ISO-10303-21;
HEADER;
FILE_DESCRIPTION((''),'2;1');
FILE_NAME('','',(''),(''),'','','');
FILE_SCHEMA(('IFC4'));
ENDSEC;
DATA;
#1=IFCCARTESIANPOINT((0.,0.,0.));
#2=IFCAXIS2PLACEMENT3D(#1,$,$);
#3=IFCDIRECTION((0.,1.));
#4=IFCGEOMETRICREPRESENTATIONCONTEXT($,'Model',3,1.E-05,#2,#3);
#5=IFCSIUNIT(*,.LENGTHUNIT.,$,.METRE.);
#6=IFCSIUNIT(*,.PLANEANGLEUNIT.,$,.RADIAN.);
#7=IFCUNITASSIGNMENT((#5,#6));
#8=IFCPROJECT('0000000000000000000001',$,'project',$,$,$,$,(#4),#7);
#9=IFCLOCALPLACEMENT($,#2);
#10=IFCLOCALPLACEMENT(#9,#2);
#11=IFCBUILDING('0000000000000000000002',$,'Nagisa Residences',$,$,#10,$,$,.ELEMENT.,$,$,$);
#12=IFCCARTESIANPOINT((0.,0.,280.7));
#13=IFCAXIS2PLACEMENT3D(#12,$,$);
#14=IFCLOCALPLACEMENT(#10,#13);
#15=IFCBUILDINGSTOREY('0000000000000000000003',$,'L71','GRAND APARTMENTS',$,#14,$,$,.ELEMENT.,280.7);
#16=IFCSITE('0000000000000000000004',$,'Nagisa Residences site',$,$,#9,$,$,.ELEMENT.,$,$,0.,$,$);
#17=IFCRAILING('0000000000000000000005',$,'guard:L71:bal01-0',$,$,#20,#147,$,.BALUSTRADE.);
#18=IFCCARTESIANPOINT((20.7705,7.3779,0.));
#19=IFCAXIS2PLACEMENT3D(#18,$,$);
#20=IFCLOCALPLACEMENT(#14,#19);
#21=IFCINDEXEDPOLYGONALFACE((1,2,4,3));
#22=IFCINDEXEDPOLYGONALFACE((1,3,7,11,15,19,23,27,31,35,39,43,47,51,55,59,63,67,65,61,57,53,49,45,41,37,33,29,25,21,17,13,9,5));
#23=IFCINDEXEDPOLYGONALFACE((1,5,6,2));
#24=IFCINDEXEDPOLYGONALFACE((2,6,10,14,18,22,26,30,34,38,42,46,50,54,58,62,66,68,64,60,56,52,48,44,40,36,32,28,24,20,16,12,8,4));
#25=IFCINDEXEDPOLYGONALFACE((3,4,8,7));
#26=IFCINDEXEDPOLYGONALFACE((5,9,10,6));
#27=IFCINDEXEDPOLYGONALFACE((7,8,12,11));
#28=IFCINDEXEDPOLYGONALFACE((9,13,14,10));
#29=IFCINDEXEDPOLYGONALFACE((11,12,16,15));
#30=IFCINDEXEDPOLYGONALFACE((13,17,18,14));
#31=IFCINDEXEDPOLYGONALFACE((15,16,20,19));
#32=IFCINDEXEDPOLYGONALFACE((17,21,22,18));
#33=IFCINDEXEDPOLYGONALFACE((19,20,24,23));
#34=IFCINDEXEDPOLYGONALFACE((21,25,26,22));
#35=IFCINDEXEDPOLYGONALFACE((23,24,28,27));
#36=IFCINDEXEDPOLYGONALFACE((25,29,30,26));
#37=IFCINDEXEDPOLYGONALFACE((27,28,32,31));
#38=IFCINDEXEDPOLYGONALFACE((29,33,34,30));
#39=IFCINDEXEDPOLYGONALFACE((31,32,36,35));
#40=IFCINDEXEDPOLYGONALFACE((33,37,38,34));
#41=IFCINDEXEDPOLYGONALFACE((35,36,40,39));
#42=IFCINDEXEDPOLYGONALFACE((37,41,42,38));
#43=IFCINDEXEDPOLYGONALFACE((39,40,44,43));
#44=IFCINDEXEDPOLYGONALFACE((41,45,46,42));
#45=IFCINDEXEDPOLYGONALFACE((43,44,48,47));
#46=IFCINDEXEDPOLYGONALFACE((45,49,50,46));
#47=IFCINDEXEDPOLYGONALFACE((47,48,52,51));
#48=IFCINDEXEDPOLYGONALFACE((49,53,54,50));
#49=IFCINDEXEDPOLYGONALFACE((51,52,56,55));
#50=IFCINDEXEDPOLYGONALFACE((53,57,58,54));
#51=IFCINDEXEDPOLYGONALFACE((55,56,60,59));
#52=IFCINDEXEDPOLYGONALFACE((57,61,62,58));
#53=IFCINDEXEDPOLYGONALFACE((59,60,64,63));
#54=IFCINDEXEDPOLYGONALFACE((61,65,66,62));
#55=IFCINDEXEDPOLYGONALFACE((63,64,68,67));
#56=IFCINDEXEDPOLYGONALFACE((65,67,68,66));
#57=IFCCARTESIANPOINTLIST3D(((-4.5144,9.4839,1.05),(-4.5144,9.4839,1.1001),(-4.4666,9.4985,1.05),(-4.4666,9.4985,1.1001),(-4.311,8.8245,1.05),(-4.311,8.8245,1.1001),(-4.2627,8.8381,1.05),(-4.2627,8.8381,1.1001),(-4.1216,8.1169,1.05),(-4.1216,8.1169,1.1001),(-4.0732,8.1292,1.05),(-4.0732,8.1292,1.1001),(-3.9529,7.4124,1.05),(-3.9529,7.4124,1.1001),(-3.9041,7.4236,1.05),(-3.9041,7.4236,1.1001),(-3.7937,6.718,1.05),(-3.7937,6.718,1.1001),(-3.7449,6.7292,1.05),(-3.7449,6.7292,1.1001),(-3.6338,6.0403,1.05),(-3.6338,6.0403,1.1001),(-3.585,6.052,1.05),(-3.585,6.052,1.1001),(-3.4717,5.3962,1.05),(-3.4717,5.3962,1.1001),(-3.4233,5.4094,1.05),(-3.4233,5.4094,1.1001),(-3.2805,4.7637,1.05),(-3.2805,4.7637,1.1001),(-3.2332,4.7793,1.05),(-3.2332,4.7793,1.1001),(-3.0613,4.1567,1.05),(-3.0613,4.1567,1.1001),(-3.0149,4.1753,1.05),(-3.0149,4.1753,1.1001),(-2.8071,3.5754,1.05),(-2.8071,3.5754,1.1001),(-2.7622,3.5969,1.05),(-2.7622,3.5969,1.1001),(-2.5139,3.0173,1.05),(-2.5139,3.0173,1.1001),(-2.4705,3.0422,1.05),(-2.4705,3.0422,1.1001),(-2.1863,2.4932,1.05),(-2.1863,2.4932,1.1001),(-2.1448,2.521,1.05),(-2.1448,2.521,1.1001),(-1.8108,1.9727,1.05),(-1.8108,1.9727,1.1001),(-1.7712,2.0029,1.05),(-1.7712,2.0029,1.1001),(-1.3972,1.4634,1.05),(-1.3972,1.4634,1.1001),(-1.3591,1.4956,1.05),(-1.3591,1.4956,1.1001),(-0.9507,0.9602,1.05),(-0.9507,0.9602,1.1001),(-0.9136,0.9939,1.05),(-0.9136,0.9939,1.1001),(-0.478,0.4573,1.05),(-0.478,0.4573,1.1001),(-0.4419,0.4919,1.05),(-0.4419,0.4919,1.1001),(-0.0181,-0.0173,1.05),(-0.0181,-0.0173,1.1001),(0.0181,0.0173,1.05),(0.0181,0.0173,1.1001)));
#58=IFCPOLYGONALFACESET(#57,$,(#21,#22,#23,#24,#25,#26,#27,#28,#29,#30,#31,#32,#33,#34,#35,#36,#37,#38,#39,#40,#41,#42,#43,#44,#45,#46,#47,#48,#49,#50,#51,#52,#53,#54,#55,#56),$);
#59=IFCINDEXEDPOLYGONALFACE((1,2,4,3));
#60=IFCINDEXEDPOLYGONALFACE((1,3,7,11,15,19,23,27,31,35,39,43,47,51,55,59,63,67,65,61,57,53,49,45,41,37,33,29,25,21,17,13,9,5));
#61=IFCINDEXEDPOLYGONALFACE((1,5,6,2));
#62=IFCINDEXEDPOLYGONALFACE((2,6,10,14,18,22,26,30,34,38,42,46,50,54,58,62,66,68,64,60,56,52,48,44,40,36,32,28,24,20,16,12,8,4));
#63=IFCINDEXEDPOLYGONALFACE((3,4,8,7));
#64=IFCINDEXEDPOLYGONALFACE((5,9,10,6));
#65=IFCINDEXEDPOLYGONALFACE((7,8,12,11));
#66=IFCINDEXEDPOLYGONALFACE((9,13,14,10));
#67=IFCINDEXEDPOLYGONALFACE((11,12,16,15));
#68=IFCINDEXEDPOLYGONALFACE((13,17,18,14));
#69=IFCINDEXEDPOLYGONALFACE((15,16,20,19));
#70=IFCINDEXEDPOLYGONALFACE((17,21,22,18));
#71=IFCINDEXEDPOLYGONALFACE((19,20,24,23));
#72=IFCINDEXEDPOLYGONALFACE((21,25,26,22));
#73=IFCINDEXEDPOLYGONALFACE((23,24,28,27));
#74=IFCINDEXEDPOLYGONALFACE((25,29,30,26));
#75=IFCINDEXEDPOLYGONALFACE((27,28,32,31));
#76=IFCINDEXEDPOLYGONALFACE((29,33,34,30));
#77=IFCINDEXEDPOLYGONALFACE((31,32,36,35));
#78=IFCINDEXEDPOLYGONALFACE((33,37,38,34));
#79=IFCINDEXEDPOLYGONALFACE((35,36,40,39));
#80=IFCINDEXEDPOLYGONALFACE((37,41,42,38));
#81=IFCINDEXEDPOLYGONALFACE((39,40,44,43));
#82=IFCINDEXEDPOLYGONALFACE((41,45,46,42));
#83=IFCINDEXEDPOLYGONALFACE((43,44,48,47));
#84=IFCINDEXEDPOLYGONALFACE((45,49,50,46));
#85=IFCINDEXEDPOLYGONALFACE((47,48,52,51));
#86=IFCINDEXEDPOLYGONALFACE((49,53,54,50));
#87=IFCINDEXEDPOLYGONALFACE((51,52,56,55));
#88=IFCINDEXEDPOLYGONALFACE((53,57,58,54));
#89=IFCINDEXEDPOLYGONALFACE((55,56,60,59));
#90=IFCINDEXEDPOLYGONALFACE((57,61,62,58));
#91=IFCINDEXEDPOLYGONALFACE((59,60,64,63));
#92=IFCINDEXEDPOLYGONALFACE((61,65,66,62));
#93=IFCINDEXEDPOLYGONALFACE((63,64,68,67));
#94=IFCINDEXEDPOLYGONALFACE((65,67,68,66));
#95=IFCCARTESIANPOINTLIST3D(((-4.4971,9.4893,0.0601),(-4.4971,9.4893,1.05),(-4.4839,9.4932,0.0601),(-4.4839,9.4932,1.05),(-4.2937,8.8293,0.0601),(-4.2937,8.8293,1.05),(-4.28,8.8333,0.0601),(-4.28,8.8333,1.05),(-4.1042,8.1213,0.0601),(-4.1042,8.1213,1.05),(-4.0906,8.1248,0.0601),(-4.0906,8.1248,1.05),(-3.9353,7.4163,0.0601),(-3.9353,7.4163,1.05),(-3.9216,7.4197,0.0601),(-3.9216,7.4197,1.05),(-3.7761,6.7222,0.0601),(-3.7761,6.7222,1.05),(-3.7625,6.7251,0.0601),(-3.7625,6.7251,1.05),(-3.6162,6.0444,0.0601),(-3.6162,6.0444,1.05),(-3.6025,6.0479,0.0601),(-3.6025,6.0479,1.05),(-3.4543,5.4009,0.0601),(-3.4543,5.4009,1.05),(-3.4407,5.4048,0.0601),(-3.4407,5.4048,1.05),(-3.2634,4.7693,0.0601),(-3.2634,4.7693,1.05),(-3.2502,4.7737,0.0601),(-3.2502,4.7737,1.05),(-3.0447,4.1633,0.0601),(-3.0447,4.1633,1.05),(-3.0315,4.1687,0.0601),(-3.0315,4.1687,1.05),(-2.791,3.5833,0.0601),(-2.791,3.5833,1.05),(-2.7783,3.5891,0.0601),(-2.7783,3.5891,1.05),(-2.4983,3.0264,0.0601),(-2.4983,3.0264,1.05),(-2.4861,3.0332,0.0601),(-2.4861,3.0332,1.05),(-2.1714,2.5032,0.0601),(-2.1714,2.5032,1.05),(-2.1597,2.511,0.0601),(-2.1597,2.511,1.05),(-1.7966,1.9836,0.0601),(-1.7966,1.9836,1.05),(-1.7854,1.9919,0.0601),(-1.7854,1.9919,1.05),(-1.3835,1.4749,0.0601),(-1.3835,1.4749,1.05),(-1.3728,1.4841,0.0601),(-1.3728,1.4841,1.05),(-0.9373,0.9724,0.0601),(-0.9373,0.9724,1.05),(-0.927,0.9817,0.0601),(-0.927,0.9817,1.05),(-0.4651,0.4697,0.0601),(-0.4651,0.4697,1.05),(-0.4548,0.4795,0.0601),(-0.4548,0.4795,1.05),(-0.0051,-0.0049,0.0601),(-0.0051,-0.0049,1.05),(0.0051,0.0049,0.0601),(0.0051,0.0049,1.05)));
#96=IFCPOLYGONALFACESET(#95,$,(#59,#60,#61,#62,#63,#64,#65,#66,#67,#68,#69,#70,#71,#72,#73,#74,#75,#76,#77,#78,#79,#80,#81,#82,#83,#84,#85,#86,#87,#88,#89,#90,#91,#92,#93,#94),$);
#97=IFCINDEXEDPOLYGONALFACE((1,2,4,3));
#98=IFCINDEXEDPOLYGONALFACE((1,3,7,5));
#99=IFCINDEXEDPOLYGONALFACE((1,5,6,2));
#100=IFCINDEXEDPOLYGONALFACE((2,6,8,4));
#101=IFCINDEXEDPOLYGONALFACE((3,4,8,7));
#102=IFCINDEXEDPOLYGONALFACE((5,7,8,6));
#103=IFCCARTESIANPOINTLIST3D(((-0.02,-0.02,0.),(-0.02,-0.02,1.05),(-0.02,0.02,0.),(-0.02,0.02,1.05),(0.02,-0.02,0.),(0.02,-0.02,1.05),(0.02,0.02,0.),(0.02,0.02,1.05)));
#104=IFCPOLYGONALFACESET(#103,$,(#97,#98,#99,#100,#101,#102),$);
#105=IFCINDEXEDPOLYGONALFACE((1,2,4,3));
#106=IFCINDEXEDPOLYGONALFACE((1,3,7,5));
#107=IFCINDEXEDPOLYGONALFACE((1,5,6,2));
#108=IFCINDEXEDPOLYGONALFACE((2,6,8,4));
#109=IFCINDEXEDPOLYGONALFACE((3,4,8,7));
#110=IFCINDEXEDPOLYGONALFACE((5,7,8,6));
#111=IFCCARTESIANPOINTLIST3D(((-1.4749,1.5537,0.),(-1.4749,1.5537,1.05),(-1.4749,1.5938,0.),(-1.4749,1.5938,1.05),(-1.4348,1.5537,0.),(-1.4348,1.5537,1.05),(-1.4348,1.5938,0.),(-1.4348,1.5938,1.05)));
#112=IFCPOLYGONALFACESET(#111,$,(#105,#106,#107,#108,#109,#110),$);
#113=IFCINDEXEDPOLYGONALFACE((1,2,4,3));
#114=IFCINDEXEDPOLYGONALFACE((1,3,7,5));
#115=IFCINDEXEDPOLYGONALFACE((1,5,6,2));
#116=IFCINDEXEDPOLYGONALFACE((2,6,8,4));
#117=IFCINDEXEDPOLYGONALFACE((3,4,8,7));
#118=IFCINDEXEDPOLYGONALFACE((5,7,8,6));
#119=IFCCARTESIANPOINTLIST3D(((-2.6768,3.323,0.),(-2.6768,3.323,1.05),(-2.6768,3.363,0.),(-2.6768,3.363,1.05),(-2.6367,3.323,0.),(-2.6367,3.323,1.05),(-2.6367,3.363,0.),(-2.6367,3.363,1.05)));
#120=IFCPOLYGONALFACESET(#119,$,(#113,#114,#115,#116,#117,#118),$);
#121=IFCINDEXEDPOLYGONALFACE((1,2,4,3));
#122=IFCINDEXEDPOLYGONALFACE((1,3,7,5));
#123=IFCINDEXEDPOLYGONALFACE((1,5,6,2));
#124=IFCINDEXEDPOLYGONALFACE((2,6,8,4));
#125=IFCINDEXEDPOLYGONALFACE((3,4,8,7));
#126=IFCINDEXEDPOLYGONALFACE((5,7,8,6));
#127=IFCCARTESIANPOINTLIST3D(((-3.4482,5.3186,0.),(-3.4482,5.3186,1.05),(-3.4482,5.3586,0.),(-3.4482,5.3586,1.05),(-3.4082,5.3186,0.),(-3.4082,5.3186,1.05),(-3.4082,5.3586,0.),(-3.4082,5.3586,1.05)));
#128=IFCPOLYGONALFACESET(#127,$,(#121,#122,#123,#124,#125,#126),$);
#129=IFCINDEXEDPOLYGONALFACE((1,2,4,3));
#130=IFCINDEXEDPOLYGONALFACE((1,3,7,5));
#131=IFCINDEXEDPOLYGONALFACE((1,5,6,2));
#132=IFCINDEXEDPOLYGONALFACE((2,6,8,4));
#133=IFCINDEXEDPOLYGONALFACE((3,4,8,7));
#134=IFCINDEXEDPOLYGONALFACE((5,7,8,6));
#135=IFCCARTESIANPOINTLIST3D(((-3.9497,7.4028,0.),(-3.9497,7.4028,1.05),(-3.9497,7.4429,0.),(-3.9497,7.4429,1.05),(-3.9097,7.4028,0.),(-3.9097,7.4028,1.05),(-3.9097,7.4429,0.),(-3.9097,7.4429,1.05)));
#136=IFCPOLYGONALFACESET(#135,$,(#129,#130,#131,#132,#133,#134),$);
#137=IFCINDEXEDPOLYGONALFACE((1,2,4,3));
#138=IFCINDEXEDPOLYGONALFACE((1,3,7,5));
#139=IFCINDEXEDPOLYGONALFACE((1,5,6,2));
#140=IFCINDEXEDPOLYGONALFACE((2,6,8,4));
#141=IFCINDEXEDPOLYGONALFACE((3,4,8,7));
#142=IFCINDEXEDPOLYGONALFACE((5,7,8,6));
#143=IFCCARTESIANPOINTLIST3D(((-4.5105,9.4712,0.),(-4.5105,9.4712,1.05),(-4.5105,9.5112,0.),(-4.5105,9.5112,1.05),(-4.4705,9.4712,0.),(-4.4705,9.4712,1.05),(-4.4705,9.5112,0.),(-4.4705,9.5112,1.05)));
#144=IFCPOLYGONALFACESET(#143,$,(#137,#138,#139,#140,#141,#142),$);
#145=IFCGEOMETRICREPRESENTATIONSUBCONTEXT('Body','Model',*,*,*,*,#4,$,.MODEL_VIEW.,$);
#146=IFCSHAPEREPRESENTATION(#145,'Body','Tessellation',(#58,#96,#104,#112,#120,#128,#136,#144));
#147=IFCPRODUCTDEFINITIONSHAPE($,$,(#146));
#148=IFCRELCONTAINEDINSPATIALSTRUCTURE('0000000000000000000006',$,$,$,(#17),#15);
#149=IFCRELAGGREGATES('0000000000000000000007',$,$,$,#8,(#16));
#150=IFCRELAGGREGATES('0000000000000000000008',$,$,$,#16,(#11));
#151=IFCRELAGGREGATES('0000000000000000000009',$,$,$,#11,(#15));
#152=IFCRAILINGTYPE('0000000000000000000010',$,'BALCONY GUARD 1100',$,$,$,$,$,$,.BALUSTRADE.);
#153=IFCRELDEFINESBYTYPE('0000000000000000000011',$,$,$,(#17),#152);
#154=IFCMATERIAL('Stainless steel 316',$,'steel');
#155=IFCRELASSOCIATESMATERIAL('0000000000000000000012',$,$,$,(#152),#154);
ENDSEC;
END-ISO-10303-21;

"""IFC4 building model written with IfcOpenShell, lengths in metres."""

from ifc_helpers import new_model, si_unit, direction, frame, origin, origin_2d, place, context, subcontext, project, spatial, polyline, rectangle, outline, extrude, material, type_object, element, save


model = new_model("IFC4")

# Units and contexts
model_context = context("Model", 3, precision=1e-05, world=origin(), true_north=direction((0.0, 1.0)))
body_context = subcontext(model_context, "Body", "Model", "MODEL_VIEW")
ifc_project = project(units=[si_unit("LENGTHUNIT", "METRE"), si_unit("PLANEANGLEUNIT", "RADIAN")], contexts=[model_context])

# Site, building, storey
site_placement = place(None, origin())
site = spatial("IfcSite", under=ifc_project, at=site_placement, Name="Nagisa Residences site", CompositionType="ELEMENT", RefElevation=0.0)
building_placement = place(site_placement, origin())
building = spatial("IfcBuilding", under=site, at=building_placement, Name="Nagisa Residences", CompositionType="ELEMENT")
storey_placement = place(building_placement, frame((0.0, 0.0, 280.7)))
storey = spatial("IfcBuildingStorey", under=building, at=storey_placement, Name="L71", Description="GRAND APARTMENTS", CompositionType="ELEMENT", Elevation=280.7)

# Railing
ifc_material_1 = material(Name="Stainless steel 316", Category="steel")
railing_type_1 = type_object("IfcRailingType", Name="BALCONY GUARD 1100", PredefinedType="BALUSTRADE", material=ifc_material_1)
railing_1_placement = place(storey_placement, frame((20.7705, 7.3779, 0.0)))
element("IfcRailing", 1, at=railing_1_placement, inside=storey, type_object=railing_type_1, Name="guard:L71:bal01-0", PredefinedType="BALUSTRADE", context=body_context, shape_type="SweptSolid", body=[
    extrude(outline(polyline([(-0.478, 0.4573), (-0.0181, -0.0173), (0.0181, 0.0173), (-0.4419, 0.4919), (-0.9136, 0.9939), (-1.3591, 1.4956), (-1.7712, 2.0029), (-2.1448, 2.521), (-2.4705, 3.0422), (-2.7622, 3.5969), (-3.0149, 4.1753), (-3.2332, 4.7793), (-3.4233, 5.4094), (-3.585, 6.052), (-3.7449, 6.7292), (-3.9041, 7.4236), (-4.0732, 8.1292), (-4.2627, 8.8381), (-4.4666, 9.4985), (-4.5144, 9.4839), (-4.311, 8.8245), (-4.1216, 8.1169), (-3.9529, 7.4124), (-3.7937, 6.718), (-3.6338, 6.0403), (-3.4717, 5.3962), (-3.2805, 4.7637), (-3.0613, 4.1567), (-2.8071, 3.5754), (-2.5139, 3.0173), (-2.1863, 2.4932), (-1.8108, 1.9727), (-1.3972, 1.4634), (-0.9507, 0.9602), (-0.478, 0.4573)])), frame((0.0, 0.0, 1.05)), (0.0, 0.0, 1.0), 0.05),
    extrude(outline(polyline([(-0.4651, 0.4697), (-0.0051, -0.0049), (0.0051, 0.0049), (-0.4548, 0.4795), (-0.927, 0.9817), (-1.3728, 1.4841), (-1.7854, 1.9919), (-2.1597, 2.511), (-2.4861, 3.0332), (-2.7783, 3.5891), (-3.0315, 4.1687), (-3.2502, 4.7737), (-3.4407, 5.4048), (-3.6025, 6.0479), (-3.7625, 6.7251), (-3.9216, 7.4197), (-4.0906, 8.1248), (-4.28, 8.8333), (-4.4839, 9.4932), (-4.4971, 9.4893), (-4.2937, 8.8293), (-4.1042, 8.1213), (-3.9353, 7.4163), (-3.7761, 6.7222), (-3.6162, 6.0444), (-3.4543, 5.4009), (-3.2634, 4.7693), (-3.0447, 4.1633), (-2.791, 3.5833), (-2.4983, 3.0264), (-2.1714, 2.5032), (-1.7966, 1.9836), (-1.3835, 1.4749), (-0.9373, 0.9724), (-0.4651, 0.4697)])), frame((0.0, 0.0, 0.0601)), (0.0, 0.0, 1.0), 0.99),
    extrude(rectangle(XDim=0.04, YDim=0.04, at=origin_2d()), origin(), (0.0, 0.0, 1.0), 1.05),
    extrude(rectangle(XDim=0.04, YDim=0.04, at=origin_2d()), frame((-1.4548, 1.5737, 0.0)), (0.0, 0.0, 1.0), 1.05),
    extrude(rectangle(XDim=0.04, YDim=0.04, at=origin_2d()), frame((-2.6567, 3.343, 0.0)), (0.0, 0.0, 1.0), 1.05),
    extrude(rectangle(XDim=0.04, YDim=0.04, at=origin_2d()), frame((-3.4282, 5.3386, 0.0)), (0.0, 0.0, 1.0), 1.05),
    extrude(rectangle(XDim=0.04, YDim=0.04, at=origin_2d()), frame((-3.9297, 7.4229, 0.0)), (0.0, 0.0, 1.0), 1.05),
    extrude(rectangle(XDim=0.04, YDim=0.04, at=origin_2d()), frame((-4.4905, 9.4912, 0.0)), (0.0, 0.0, 1.0), 1.05),
])

save(model, "model.ifc")
